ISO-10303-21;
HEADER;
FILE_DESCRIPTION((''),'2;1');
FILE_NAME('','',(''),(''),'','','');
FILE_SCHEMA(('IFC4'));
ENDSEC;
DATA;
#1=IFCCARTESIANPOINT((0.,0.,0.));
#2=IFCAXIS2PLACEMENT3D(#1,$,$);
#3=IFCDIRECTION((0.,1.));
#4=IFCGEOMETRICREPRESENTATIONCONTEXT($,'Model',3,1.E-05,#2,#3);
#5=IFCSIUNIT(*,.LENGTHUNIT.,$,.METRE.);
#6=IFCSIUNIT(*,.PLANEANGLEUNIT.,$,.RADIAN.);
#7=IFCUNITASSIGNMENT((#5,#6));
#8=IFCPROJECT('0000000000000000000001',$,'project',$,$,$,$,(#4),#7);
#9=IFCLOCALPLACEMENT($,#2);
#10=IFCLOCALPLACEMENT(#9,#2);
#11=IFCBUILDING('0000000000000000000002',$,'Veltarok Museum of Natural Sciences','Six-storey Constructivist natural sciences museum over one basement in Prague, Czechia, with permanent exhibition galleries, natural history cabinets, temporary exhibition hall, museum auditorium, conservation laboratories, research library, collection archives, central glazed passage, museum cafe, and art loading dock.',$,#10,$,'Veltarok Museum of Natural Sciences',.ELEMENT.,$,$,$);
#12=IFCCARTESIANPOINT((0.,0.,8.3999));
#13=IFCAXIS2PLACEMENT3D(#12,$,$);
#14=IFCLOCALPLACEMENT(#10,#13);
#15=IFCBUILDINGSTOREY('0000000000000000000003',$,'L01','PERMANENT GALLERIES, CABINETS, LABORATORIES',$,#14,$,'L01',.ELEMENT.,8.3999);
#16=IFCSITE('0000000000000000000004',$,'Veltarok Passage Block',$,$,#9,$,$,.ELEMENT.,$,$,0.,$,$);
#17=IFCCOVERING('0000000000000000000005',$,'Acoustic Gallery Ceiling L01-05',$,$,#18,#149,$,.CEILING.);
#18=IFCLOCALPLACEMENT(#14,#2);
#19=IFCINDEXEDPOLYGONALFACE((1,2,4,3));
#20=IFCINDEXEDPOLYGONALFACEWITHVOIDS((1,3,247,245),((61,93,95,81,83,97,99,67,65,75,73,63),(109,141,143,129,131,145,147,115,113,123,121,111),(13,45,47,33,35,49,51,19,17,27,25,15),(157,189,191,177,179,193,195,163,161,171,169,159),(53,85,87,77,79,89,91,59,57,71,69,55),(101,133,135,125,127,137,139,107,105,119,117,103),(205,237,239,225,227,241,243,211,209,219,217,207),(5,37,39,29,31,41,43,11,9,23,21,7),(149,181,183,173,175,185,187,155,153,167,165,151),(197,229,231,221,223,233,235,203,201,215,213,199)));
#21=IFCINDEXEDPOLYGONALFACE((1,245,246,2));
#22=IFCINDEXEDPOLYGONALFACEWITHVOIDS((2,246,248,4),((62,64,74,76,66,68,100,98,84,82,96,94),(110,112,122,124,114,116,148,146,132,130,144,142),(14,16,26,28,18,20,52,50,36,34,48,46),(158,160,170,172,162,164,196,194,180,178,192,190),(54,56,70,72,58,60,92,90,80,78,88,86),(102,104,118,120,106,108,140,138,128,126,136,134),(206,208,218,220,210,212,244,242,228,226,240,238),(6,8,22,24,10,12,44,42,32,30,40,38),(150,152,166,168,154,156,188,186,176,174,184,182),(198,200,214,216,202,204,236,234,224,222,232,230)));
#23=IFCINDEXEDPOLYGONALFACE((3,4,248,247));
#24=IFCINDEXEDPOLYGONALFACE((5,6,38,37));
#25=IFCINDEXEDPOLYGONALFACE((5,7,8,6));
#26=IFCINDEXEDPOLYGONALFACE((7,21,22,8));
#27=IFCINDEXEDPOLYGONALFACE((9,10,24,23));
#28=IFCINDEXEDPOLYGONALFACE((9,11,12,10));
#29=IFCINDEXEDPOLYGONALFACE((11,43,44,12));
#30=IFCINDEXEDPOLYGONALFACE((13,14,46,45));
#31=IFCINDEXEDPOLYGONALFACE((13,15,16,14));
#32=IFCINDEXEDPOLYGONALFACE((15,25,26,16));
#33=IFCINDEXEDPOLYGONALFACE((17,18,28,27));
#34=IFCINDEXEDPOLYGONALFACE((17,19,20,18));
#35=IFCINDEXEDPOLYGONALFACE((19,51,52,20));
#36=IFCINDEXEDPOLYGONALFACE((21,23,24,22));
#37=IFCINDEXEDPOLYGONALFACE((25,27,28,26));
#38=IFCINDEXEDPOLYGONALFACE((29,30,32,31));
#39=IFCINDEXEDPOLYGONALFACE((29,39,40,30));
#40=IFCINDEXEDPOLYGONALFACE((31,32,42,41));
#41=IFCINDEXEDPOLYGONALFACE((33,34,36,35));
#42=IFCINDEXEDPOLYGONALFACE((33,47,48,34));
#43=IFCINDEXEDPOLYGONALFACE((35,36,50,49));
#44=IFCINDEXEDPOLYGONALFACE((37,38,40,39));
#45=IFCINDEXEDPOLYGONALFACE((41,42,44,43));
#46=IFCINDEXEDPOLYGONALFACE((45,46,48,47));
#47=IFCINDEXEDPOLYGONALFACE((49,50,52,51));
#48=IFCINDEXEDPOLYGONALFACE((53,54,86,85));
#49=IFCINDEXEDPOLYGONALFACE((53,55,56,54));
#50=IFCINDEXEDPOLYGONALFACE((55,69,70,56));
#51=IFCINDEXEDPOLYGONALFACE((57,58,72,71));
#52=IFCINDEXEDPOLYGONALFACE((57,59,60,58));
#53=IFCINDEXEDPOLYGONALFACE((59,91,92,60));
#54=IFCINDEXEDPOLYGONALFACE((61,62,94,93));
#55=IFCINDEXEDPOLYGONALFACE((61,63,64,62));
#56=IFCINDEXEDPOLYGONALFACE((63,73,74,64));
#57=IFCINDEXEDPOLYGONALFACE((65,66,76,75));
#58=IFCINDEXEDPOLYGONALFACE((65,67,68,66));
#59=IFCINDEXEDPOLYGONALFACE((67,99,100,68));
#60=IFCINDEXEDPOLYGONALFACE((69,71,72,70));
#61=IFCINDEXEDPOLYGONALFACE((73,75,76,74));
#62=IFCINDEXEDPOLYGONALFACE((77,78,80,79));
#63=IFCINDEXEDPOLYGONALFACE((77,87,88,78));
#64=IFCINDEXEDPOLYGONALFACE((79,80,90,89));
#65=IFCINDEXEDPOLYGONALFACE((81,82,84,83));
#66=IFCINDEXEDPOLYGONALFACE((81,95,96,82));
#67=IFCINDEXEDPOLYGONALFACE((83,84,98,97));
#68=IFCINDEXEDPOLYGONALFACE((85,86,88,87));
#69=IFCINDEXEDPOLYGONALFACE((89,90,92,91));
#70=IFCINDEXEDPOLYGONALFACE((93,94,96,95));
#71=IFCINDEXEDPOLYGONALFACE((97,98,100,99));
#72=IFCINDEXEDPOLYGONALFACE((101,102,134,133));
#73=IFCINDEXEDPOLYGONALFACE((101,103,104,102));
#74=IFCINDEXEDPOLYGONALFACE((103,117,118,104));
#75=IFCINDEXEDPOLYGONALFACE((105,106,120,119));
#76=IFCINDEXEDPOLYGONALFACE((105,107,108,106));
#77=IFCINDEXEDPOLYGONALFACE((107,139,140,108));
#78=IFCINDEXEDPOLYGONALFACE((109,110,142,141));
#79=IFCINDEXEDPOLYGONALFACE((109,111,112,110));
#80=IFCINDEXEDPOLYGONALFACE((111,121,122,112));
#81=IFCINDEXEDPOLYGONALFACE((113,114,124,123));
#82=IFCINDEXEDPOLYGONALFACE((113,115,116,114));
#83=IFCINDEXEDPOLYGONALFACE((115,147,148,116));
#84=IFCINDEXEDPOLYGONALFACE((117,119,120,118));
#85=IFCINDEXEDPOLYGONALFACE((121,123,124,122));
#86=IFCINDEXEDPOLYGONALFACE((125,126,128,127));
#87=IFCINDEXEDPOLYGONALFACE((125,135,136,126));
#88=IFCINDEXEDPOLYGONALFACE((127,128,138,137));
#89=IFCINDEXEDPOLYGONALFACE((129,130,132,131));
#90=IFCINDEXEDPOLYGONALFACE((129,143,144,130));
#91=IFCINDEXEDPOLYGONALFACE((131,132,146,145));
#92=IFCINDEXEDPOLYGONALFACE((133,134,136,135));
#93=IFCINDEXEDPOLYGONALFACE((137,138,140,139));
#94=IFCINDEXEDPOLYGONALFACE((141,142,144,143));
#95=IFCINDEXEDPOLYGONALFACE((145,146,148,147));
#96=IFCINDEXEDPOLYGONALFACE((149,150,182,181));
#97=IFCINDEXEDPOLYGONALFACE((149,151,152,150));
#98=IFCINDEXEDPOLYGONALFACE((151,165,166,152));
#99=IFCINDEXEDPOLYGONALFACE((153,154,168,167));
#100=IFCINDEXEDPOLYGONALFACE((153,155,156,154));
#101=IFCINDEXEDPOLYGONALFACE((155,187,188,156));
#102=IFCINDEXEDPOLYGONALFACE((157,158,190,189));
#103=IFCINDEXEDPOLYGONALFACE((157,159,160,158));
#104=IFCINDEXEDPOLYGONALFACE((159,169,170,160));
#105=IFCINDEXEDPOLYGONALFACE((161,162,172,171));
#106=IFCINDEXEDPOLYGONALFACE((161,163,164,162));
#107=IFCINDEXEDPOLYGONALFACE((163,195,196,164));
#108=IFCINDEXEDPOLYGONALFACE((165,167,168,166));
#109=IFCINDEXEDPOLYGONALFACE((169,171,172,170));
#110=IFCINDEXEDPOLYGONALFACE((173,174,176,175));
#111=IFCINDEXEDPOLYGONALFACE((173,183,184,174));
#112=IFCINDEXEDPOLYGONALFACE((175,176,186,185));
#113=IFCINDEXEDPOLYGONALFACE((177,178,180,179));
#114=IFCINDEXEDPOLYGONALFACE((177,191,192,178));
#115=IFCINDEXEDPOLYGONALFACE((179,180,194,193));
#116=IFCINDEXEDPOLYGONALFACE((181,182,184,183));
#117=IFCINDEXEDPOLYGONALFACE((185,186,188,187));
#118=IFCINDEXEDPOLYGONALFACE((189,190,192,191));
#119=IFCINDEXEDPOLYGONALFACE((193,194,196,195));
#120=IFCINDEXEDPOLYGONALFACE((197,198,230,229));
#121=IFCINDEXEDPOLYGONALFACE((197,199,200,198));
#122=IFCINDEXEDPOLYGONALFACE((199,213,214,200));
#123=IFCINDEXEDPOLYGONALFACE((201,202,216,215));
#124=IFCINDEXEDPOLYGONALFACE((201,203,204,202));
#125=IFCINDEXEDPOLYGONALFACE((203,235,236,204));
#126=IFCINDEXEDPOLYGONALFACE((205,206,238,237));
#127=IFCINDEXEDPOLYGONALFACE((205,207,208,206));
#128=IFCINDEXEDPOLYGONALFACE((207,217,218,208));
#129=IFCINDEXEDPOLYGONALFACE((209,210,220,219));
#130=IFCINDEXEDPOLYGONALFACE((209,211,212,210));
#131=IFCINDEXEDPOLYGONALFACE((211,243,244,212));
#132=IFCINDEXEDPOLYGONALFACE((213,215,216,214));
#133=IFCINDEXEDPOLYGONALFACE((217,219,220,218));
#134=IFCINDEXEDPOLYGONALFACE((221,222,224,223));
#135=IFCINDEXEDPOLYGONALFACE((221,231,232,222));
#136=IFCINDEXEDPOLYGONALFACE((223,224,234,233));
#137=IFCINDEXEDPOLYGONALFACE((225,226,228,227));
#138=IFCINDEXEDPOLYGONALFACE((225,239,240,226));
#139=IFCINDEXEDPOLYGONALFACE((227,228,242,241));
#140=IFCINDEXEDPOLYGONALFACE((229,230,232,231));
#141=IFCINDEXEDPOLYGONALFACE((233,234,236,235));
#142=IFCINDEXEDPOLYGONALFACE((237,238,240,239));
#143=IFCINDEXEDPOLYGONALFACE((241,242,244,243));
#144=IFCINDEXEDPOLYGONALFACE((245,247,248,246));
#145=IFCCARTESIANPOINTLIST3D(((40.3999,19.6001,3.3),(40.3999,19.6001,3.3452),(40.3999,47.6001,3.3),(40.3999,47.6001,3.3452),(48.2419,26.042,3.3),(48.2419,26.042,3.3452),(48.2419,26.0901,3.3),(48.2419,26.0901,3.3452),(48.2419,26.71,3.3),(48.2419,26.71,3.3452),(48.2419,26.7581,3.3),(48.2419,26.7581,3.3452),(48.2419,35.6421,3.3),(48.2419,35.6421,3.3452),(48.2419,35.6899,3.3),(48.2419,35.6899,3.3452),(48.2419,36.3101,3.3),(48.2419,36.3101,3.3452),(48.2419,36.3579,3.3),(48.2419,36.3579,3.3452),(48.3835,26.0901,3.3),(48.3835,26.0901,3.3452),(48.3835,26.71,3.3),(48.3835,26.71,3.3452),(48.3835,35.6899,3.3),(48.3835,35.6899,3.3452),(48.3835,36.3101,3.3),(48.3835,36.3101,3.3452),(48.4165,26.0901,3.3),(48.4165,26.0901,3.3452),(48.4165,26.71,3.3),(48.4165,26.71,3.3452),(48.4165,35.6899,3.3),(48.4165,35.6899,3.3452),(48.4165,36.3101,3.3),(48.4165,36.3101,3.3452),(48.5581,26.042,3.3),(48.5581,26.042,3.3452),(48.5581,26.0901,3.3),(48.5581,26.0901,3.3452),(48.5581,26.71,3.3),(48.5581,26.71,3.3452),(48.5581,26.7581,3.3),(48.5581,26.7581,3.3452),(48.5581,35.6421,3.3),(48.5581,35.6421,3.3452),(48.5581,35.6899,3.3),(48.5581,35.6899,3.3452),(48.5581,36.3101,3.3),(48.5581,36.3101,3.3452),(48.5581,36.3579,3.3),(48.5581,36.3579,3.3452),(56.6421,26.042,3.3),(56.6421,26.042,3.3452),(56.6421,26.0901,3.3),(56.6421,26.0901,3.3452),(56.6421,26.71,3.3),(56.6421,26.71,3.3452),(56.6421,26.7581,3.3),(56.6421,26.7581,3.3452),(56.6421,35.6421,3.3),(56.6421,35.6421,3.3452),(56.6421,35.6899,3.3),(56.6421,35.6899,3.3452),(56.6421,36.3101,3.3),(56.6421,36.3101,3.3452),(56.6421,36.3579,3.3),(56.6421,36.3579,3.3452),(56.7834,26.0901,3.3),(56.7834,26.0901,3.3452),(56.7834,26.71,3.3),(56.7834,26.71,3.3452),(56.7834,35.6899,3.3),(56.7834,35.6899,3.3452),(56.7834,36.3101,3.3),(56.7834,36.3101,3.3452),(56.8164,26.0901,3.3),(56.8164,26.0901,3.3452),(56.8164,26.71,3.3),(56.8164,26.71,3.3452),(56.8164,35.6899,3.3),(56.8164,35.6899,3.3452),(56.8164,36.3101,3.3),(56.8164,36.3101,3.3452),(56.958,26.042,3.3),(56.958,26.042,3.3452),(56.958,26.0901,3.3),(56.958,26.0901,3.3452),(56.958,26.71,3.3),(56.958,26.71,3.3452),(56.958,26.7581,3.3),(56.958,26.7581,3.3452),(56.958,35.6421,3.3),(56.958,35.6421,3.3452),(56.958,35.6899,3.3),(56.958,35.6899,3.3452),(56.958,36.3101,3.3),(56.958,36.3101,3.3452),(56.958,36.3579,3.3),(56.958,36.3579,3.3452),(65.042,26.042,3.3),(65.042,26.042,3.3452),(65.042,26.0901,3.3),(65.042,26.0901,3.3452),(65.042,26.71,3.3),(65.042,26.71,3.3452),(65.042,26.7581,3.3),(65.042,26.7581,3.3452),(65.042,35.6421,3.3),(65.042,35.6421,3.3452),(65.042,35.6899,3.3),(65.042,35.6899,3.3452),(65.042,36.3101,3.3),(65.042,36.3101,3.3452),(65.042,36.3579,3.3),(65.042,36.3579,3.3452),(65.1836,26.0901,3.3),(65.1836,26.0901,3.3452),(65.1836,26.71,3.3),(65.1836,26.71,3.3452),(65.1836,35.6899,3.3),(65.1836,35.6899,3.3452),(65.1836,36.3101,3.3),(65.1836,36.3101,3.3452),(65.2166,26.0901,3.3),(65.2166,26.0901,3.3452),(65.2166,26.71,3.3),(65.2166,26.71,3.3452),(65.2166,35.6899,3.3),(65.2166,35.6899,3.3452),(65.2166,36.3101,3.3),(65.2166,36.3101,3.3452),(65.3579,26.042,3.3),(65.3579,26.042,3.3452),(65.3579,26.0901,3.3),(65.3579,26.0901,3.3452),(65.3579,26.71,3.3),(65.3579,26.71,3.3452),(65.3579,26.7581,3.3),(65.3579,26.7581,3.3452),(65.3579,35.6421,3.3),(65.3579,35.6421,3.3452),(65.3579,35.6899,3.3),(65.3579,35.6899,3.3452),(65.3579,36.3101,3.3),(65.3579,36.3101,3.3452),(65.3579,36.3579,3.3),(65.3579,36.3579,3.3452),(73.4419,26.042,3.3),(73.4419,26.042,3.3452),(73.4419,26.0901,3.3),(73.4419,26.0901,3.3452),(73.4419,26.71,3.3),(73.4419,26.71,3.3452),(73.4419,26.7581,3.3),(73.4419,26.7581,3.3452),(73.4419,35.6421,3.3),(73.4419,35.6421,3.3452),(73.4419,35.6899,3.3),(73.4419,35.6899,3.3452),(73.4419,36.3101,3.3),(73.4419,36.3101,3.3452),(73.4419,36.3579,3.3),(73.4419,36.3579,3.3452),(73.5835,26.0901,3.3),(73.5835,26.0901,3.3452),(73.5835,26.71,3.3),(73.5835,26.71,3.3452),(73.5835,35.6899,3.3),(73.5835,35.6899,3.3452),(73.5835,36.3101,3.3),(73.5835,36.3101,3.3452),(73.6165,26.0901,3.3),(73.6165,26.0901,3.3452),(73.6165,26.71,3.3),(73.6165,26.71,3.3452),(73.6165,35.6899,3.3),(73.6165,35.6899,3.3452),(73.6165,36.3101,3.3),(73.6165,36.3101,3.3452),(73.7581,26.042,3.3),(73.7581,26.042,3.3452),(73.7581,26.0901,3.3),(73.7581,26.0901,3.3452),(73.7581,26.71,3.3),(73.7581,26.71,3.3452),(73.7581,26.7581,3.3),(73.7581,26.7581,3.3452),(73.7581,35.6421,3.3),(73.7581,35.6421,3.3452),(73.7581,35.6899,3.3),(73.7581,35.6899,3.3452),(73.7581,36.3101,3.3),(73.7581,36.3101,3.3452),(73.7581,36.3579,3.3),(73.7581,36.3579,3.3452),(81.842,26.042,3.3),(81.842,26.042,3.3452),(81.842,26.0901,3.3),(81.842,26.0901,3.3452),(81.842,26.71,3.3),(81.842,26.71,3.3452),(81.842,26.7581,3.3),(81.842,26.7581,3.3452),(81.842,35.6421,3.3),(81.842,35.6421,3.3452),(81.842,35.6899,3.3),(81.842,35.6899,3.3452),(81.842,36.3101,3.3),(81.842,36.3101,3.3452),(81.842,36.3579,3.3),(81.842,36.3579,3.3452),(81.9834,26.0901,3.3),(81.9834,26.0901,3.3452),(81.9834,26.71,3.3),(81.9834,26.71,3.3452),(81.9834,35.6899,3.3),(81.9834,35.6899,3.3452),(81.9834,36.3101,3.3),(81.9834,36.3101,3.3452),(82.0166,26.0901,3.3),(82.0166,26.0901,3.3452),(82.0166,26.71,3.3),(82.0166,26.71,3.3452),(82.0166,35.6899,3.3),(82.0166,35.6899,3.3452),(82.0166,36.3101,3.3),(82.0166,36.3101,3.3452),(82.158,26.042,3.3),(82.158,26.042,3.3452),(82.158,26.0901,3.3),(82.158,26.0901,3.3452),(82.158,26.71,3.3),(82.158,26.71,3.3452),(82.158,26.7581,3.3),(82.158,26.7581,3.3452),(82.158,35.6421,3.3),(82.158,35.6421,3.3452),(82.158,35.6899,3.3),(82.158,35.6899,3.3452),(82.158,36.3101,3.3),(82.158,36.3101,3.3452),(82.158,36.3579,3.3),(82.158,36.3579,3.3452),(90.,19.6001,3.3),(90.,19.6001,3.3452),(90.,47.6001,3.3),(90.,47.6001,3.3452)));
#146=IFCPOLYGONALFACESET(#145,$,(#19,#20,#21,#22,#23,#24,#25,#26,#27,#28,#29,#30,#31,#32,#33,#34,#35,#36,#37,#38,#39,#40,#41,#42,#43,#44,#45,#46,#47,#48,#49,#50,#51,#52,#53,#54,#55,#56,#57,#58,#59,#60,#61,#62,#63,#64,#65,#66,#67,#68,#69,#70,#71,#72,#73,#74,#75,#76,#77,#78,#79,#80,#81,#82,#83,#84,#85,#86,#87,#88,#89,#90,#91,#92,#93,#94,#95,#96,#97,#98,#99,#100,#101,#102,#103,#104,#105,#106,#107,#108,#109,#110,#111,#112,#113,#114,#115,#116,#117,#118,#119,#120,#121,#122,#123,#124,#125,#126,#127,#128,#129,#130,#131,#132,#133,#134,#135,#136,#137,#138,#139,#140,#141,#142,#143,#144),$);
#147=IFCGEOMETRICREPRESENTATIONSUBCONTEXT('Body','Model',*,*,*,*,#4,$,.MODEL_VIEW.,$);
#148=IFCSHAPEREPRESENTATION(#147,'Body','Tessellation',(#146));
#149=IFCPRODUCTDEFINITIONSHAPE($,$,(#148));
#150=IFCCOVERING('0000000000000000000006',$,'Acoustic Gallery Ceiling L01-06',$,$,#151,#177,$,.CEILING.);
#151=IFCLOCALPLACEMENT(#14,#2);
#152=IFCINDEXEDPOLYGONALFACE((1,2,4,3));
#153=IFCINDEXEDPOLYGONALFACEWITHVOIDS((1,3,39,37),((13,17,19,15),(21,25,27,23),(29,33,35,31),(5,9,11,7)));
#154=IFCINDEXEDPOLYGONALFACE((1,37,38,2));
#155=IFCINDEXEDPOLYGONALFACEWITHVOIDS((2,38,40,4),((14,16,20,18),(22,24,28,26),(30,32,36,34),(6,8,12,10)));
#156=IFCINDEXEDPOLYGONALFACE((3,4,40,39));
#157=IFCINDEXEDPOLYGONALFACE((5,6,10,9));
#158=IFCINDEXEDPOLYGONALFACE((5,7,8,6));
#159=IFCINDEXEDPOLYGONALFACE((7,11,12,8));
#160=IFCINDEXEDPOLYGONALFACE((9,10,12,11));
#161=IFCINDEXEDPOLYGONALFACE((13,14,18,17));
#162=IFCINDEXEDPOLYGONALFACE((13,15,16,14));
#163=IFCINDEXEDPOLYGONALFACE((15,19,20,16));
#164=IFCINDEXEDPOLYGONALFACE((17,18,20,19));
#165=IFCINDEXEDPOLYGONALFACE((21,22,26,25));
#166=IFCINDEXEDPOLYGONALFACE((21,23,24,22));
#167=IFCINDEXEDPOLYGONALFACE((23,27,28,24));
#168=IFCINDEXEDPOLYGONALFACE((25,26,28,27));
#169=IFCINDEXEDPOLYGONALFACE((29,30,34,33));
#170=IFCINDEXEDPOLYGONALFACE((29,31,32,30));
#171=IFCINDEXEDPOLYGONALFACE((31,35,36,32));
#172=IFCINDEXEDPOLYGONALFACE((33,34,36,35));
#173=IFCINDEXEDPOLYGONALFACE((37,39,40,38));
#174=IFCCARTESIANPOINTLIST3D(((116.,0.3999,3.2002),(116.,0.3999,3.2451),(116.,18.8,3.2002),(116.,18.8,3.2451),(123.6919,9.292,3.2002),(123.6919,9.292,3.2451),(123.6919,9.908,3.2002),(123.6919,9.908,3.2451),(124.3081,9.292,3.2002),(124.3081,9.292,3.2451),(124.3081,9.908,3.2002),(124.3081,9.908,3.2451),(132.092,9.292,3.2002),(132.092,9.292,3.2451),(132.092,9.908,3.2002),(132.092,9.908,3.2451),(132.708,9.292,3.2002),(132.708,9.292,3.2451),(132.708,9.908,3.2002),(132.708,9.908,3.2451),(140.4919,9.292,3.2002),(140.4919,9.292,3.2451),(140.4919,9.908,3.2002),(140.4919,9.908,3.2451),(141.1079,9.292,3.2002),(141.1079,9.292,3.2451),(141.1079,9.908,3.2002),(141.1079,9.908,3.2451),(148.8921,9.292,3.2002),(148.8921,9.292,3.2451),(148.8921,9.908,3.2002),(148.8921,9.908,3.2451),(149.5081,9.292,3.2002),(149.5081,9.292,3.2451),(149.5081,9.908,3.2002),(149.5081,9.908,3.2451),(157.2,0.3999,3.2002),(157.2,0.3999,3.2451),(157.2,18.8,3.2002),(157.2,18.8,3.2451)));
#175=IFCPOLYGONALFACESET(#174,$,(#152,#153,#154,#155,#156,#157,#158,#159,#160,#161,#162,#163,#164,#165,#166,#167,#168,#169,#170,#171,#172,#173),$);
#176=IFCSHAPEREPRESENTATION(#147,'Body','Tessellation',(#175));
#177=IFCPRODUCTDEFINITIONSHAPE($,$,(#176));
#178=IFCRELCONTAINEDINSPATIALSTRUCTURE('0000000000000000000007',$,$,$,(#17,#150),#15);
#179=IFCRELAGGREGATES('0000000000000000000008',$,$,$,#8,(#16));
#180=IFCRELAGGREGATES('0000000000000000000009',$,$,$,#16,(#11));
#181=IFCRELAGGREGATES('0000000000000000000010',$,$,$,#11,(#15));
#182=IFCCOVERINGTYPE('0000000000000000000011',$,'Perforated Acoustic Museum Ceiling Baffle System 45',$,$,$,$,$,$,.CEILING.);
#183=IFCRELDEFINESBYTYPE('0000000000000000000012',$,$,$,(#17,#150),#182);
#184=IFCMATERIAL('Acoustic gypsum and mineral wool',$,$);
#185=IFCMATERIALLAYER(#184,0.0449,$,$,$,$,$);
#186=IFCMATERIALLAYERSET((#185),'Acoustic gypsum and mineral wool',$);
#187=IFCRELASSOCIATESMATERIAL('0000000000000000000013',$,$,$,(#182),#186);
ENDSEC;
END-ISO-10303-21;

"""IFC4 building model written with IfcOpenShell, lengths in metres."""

from ifc_helpers import new_model, si_unit, direction, frame, origin, place, context, subcontext, project, spatial, polyline, outline, extrude, material, layer, layer_set, type_object, element, save


model = new_model("IFC4")

# Units and contexts
model_context = context("Model", 3, precision=1e-05, world=origin(), true_north=direction((0.0, 1.0)))
body_context = subcontext(model_context, "Body", "Model", "MODEL_VIEW")
ifc_project = project(units=[si_unit("LENGTHUNIT", "METRE"), si_unit("PLANEANGLEUNIT", "RADIAN")], contexts=[model_context])

# Site, building, storey
site_placement = place(None, origin())
site = spatial("IfcSite", under=ifc_project, at=site_placement, Name="Veltarok Passage Block", CompositionType="ELEMENT", RefElevation=0.0)
building_placement = place(site_placement, origin())
building = spatial("IfcBuilding", under=site, at=building_placement, Name="Veltarok Museum of Natural Sciences", Description="Six-storey Constructivist natural sciences museum over one basement in Prague, Czechia, with permanent exhibition galleries, natural history cabinets, temporary exhibition hall, museum auditorium, conservation laboratories, research library, collection archives, central glazed passage, museum cafe, and art loading dock.", LongName="Veltarok Museum of Natural Sciences", CompositionType="ELEMENT")
storey_placement = place(building_placement, frame((0.0, 0.0, 8.3999)))
storey = spatial("IfcBuildingStorey", under=building, at=storey_placement, Name="L01", Description="PERMANENT GALLERIES, CABINETS, LABORATORIES", LongName="L01", CompositionType="ELEMENT", Elevation=8.3999)

# Coverings
ifc_material_1 = material(Name="Acoustic gypsum and mineral wool")
ifc_layer_1 = layer(ifc_material_1, 0.0449)
ifc_layer_set_1 = layer_set([ifc_layer_1], Name="Acoustic gypsum and mineral wool")
covering_type_1 = type_object("IfcCoveringType", Name="Perforated Acoustic Museum Ceiling Baffle System 45", PredefinedType="CEILING", material=ifc_layer_set_1)
covering_1_placement = place(storey_placement, frame((0.0, 0.0, 3.3)))
element("IfcCovering", 1, at=covering_1_placement, inside=storey, type_object=covering_type_1, Name="Acoustic Gallery Ceiling L01-05", PredefinedType="CEILING", context=body_context, shape_type="SweptSolid", body=[
    extrude(outline(polyline([(40.3999, 19.6001), (40.3999, 47.6001), (90.0, 47.6001), (90.0, 19.6001), (40.3999, 19.6001)]), holes=[polyline([(56.958, 26.71), (56.958, 26.7581), (56.6421, 26.7581), (56.6421, 26.71), (56.7834, 26.71), (56.7834, 26.0901), (56.6421, 26.0901), (56.6421, 26.042), (56.958, 26.042), (56.958, 26.0901), (56.8164, 26.0901), (56.8164, 26.71), (56.958, 26.71)]), polyline([(48.5581, 26.7581), (48.2419, 26.7581), (48.2419, 26.71), (48.3835, 26.71), (48.3835, 26.0901), (48.2419, 26.0901), (48.2419, 26.042), (48.5581, 26.042), (48.5581, 26.0901), (48.4165, 26.0901), (48.4165, 26.71), (48.5581, 26.71), (48.5581, 26.7581)]), polyline([(48.5581, 36.3579), (48.2419, 36.3579), (48.2419, 36.3101), (48.3835, 36.3101), (48.3835, 35.6899), (48.2419, 35.6899), (48.2419, 35.6421), (48.5581, 35.6421), (48.5581, 35.6899), (48.4165, 35.6899), (48.4165, 36.3101), (48.5581, 36.3101), (48.5581, 36.3579)]), polyline([(56.958, 36.3579), (56.6421, 36.3579), (56.6421, 36.3101), (56.7834, 36.3101), (56.7834, 35.6899), (56.6421, 35.6899), (56.6421, 35.6421), (56.958, 35.6421), (56.958, 35.6899), (56.8164, 35.6899), (56.8164, 36.3101), (56.958, 36.3101), (56.958, 36.3579)]), polyline([(82.158, 26.7581), (81.842, 26.7581), (81.842, 26.71), (81.9834, 26.71), (81.9834, 26.0901), (81.842, 26.0901), (81.842, 26.042), (82.158, 26.042), (82.158, 26.0901), (82.0166, 26.0901), (82.0166, 26.71), (82.158, 26.71), (82.158, 26.7581)]), polyline([(65.3579, 26.71), (65.3579, 26.7581), (65.042, 26.7581), (65.042, 26.71), (65.1836, 26.71), (65.1836, 26.0901), (65.042, 26.0901), (65.042, 26.042), (65.3579, 26.042), (65.3579, 26.0901), (65.2166, 26.0901), (65.2166, 26.71), (65.3579, 26.71)]), polyline([(73.7581, 26.71), (73.7581, 26.7581), (73.4419, 26.7581), (73.4419, 26.71), (73.5835, 26.71), (73.5835, 26.0901), (73.4419, 26.0901), (73.4419, 26.042), (73.7581, 26.042), (73.7581, 26.0901), (73.6165, 26.0901), (73.6165, 26.71), (73.7581, 26.71)]), polyline([(73.7581, 36.3579), (73.4419, 36.3579), (73.4419, 36.3101), (73.5835, 36.3101), (73.5835, 35.6899), (73.4419, 35.6899), (73.4419, 35.6421), (73.7581, 35.6421), (73.7581, 35.6899), (73.6165, 35.6899), (73.6165, 36.3101), (73.7581, 36.3101), (73.7581, 36.3579)]), polyline([(65.3579, 36.3579), (65.042, 36.3579), (65.042, 36.3101), (65.1836, 36.3101), (65.1836, 35.6899), (65.042, 35.6899), (65.042, 35.6421), (65.3579, 35.6421), (65.3579, 35.6899), (65.2166, 35.6899), (65.2166, 36.3101), (65.3579, 36.3101), (65.3579, 36.3579)]), polyline([(82.158, 36.3579), (81.842, 36.3579), (81.842, 36.3101), (81.9834, 36.3101), (81.9834, 35.6899), (81.842, 35.6899), (81.842, 35.6421), (82.158, 35.6421), (82.158, 35.6899), (82.0166, 35.6899), (82.0166, 36.3101), (82.158, 36.3101), (82.158, 36.3579)])]), origin(), (0.0, 0.0, 1.0), 0.0452),
])
covering_2_placement = place(storey_placement, frame((0.0, 0.0, 3.2002)))
element("IfcCovering", 2, at=covering_2_placement, inside=storey, type_object=covering_type_1, Name="Acoustic Gallery Ceiling L01-06", PredefinedType="CEILING", context=body_context, shape_type="SweptSolid", body=[
    extrude(outline(polyline([(116.0, 0.3999), (116.0, 18.8), (157.2, 18.8), (157.2, 0.3999), (116.0, 0.3999)]), holes=[polyline([(132.708, 9.908), (132.092, 9.908), (132.092, 9.292), (132.708, 9.292), (132.708, 9.908)]), polyline([(123.6919, 9.908), (123.6919, 9.292), (124.3081, 9.292), (124.3081, 9.908), (123.6919, 9.908)]), polyline([(140.4919, 9.908), (140.4919, 9.292), (141.1079, 9.292), (141.1079, 9.908), (140.4919, 9.908)]), polyline([(148.8921, 9.908), (148.8921, 9.292), (149.5081, 9.292), (149.5081, 9.908), (148.8921, 9.908)])]), origin(), (0.0, 0.0, 1.0), 0.0449),
])

save(model, "model.ifc")
